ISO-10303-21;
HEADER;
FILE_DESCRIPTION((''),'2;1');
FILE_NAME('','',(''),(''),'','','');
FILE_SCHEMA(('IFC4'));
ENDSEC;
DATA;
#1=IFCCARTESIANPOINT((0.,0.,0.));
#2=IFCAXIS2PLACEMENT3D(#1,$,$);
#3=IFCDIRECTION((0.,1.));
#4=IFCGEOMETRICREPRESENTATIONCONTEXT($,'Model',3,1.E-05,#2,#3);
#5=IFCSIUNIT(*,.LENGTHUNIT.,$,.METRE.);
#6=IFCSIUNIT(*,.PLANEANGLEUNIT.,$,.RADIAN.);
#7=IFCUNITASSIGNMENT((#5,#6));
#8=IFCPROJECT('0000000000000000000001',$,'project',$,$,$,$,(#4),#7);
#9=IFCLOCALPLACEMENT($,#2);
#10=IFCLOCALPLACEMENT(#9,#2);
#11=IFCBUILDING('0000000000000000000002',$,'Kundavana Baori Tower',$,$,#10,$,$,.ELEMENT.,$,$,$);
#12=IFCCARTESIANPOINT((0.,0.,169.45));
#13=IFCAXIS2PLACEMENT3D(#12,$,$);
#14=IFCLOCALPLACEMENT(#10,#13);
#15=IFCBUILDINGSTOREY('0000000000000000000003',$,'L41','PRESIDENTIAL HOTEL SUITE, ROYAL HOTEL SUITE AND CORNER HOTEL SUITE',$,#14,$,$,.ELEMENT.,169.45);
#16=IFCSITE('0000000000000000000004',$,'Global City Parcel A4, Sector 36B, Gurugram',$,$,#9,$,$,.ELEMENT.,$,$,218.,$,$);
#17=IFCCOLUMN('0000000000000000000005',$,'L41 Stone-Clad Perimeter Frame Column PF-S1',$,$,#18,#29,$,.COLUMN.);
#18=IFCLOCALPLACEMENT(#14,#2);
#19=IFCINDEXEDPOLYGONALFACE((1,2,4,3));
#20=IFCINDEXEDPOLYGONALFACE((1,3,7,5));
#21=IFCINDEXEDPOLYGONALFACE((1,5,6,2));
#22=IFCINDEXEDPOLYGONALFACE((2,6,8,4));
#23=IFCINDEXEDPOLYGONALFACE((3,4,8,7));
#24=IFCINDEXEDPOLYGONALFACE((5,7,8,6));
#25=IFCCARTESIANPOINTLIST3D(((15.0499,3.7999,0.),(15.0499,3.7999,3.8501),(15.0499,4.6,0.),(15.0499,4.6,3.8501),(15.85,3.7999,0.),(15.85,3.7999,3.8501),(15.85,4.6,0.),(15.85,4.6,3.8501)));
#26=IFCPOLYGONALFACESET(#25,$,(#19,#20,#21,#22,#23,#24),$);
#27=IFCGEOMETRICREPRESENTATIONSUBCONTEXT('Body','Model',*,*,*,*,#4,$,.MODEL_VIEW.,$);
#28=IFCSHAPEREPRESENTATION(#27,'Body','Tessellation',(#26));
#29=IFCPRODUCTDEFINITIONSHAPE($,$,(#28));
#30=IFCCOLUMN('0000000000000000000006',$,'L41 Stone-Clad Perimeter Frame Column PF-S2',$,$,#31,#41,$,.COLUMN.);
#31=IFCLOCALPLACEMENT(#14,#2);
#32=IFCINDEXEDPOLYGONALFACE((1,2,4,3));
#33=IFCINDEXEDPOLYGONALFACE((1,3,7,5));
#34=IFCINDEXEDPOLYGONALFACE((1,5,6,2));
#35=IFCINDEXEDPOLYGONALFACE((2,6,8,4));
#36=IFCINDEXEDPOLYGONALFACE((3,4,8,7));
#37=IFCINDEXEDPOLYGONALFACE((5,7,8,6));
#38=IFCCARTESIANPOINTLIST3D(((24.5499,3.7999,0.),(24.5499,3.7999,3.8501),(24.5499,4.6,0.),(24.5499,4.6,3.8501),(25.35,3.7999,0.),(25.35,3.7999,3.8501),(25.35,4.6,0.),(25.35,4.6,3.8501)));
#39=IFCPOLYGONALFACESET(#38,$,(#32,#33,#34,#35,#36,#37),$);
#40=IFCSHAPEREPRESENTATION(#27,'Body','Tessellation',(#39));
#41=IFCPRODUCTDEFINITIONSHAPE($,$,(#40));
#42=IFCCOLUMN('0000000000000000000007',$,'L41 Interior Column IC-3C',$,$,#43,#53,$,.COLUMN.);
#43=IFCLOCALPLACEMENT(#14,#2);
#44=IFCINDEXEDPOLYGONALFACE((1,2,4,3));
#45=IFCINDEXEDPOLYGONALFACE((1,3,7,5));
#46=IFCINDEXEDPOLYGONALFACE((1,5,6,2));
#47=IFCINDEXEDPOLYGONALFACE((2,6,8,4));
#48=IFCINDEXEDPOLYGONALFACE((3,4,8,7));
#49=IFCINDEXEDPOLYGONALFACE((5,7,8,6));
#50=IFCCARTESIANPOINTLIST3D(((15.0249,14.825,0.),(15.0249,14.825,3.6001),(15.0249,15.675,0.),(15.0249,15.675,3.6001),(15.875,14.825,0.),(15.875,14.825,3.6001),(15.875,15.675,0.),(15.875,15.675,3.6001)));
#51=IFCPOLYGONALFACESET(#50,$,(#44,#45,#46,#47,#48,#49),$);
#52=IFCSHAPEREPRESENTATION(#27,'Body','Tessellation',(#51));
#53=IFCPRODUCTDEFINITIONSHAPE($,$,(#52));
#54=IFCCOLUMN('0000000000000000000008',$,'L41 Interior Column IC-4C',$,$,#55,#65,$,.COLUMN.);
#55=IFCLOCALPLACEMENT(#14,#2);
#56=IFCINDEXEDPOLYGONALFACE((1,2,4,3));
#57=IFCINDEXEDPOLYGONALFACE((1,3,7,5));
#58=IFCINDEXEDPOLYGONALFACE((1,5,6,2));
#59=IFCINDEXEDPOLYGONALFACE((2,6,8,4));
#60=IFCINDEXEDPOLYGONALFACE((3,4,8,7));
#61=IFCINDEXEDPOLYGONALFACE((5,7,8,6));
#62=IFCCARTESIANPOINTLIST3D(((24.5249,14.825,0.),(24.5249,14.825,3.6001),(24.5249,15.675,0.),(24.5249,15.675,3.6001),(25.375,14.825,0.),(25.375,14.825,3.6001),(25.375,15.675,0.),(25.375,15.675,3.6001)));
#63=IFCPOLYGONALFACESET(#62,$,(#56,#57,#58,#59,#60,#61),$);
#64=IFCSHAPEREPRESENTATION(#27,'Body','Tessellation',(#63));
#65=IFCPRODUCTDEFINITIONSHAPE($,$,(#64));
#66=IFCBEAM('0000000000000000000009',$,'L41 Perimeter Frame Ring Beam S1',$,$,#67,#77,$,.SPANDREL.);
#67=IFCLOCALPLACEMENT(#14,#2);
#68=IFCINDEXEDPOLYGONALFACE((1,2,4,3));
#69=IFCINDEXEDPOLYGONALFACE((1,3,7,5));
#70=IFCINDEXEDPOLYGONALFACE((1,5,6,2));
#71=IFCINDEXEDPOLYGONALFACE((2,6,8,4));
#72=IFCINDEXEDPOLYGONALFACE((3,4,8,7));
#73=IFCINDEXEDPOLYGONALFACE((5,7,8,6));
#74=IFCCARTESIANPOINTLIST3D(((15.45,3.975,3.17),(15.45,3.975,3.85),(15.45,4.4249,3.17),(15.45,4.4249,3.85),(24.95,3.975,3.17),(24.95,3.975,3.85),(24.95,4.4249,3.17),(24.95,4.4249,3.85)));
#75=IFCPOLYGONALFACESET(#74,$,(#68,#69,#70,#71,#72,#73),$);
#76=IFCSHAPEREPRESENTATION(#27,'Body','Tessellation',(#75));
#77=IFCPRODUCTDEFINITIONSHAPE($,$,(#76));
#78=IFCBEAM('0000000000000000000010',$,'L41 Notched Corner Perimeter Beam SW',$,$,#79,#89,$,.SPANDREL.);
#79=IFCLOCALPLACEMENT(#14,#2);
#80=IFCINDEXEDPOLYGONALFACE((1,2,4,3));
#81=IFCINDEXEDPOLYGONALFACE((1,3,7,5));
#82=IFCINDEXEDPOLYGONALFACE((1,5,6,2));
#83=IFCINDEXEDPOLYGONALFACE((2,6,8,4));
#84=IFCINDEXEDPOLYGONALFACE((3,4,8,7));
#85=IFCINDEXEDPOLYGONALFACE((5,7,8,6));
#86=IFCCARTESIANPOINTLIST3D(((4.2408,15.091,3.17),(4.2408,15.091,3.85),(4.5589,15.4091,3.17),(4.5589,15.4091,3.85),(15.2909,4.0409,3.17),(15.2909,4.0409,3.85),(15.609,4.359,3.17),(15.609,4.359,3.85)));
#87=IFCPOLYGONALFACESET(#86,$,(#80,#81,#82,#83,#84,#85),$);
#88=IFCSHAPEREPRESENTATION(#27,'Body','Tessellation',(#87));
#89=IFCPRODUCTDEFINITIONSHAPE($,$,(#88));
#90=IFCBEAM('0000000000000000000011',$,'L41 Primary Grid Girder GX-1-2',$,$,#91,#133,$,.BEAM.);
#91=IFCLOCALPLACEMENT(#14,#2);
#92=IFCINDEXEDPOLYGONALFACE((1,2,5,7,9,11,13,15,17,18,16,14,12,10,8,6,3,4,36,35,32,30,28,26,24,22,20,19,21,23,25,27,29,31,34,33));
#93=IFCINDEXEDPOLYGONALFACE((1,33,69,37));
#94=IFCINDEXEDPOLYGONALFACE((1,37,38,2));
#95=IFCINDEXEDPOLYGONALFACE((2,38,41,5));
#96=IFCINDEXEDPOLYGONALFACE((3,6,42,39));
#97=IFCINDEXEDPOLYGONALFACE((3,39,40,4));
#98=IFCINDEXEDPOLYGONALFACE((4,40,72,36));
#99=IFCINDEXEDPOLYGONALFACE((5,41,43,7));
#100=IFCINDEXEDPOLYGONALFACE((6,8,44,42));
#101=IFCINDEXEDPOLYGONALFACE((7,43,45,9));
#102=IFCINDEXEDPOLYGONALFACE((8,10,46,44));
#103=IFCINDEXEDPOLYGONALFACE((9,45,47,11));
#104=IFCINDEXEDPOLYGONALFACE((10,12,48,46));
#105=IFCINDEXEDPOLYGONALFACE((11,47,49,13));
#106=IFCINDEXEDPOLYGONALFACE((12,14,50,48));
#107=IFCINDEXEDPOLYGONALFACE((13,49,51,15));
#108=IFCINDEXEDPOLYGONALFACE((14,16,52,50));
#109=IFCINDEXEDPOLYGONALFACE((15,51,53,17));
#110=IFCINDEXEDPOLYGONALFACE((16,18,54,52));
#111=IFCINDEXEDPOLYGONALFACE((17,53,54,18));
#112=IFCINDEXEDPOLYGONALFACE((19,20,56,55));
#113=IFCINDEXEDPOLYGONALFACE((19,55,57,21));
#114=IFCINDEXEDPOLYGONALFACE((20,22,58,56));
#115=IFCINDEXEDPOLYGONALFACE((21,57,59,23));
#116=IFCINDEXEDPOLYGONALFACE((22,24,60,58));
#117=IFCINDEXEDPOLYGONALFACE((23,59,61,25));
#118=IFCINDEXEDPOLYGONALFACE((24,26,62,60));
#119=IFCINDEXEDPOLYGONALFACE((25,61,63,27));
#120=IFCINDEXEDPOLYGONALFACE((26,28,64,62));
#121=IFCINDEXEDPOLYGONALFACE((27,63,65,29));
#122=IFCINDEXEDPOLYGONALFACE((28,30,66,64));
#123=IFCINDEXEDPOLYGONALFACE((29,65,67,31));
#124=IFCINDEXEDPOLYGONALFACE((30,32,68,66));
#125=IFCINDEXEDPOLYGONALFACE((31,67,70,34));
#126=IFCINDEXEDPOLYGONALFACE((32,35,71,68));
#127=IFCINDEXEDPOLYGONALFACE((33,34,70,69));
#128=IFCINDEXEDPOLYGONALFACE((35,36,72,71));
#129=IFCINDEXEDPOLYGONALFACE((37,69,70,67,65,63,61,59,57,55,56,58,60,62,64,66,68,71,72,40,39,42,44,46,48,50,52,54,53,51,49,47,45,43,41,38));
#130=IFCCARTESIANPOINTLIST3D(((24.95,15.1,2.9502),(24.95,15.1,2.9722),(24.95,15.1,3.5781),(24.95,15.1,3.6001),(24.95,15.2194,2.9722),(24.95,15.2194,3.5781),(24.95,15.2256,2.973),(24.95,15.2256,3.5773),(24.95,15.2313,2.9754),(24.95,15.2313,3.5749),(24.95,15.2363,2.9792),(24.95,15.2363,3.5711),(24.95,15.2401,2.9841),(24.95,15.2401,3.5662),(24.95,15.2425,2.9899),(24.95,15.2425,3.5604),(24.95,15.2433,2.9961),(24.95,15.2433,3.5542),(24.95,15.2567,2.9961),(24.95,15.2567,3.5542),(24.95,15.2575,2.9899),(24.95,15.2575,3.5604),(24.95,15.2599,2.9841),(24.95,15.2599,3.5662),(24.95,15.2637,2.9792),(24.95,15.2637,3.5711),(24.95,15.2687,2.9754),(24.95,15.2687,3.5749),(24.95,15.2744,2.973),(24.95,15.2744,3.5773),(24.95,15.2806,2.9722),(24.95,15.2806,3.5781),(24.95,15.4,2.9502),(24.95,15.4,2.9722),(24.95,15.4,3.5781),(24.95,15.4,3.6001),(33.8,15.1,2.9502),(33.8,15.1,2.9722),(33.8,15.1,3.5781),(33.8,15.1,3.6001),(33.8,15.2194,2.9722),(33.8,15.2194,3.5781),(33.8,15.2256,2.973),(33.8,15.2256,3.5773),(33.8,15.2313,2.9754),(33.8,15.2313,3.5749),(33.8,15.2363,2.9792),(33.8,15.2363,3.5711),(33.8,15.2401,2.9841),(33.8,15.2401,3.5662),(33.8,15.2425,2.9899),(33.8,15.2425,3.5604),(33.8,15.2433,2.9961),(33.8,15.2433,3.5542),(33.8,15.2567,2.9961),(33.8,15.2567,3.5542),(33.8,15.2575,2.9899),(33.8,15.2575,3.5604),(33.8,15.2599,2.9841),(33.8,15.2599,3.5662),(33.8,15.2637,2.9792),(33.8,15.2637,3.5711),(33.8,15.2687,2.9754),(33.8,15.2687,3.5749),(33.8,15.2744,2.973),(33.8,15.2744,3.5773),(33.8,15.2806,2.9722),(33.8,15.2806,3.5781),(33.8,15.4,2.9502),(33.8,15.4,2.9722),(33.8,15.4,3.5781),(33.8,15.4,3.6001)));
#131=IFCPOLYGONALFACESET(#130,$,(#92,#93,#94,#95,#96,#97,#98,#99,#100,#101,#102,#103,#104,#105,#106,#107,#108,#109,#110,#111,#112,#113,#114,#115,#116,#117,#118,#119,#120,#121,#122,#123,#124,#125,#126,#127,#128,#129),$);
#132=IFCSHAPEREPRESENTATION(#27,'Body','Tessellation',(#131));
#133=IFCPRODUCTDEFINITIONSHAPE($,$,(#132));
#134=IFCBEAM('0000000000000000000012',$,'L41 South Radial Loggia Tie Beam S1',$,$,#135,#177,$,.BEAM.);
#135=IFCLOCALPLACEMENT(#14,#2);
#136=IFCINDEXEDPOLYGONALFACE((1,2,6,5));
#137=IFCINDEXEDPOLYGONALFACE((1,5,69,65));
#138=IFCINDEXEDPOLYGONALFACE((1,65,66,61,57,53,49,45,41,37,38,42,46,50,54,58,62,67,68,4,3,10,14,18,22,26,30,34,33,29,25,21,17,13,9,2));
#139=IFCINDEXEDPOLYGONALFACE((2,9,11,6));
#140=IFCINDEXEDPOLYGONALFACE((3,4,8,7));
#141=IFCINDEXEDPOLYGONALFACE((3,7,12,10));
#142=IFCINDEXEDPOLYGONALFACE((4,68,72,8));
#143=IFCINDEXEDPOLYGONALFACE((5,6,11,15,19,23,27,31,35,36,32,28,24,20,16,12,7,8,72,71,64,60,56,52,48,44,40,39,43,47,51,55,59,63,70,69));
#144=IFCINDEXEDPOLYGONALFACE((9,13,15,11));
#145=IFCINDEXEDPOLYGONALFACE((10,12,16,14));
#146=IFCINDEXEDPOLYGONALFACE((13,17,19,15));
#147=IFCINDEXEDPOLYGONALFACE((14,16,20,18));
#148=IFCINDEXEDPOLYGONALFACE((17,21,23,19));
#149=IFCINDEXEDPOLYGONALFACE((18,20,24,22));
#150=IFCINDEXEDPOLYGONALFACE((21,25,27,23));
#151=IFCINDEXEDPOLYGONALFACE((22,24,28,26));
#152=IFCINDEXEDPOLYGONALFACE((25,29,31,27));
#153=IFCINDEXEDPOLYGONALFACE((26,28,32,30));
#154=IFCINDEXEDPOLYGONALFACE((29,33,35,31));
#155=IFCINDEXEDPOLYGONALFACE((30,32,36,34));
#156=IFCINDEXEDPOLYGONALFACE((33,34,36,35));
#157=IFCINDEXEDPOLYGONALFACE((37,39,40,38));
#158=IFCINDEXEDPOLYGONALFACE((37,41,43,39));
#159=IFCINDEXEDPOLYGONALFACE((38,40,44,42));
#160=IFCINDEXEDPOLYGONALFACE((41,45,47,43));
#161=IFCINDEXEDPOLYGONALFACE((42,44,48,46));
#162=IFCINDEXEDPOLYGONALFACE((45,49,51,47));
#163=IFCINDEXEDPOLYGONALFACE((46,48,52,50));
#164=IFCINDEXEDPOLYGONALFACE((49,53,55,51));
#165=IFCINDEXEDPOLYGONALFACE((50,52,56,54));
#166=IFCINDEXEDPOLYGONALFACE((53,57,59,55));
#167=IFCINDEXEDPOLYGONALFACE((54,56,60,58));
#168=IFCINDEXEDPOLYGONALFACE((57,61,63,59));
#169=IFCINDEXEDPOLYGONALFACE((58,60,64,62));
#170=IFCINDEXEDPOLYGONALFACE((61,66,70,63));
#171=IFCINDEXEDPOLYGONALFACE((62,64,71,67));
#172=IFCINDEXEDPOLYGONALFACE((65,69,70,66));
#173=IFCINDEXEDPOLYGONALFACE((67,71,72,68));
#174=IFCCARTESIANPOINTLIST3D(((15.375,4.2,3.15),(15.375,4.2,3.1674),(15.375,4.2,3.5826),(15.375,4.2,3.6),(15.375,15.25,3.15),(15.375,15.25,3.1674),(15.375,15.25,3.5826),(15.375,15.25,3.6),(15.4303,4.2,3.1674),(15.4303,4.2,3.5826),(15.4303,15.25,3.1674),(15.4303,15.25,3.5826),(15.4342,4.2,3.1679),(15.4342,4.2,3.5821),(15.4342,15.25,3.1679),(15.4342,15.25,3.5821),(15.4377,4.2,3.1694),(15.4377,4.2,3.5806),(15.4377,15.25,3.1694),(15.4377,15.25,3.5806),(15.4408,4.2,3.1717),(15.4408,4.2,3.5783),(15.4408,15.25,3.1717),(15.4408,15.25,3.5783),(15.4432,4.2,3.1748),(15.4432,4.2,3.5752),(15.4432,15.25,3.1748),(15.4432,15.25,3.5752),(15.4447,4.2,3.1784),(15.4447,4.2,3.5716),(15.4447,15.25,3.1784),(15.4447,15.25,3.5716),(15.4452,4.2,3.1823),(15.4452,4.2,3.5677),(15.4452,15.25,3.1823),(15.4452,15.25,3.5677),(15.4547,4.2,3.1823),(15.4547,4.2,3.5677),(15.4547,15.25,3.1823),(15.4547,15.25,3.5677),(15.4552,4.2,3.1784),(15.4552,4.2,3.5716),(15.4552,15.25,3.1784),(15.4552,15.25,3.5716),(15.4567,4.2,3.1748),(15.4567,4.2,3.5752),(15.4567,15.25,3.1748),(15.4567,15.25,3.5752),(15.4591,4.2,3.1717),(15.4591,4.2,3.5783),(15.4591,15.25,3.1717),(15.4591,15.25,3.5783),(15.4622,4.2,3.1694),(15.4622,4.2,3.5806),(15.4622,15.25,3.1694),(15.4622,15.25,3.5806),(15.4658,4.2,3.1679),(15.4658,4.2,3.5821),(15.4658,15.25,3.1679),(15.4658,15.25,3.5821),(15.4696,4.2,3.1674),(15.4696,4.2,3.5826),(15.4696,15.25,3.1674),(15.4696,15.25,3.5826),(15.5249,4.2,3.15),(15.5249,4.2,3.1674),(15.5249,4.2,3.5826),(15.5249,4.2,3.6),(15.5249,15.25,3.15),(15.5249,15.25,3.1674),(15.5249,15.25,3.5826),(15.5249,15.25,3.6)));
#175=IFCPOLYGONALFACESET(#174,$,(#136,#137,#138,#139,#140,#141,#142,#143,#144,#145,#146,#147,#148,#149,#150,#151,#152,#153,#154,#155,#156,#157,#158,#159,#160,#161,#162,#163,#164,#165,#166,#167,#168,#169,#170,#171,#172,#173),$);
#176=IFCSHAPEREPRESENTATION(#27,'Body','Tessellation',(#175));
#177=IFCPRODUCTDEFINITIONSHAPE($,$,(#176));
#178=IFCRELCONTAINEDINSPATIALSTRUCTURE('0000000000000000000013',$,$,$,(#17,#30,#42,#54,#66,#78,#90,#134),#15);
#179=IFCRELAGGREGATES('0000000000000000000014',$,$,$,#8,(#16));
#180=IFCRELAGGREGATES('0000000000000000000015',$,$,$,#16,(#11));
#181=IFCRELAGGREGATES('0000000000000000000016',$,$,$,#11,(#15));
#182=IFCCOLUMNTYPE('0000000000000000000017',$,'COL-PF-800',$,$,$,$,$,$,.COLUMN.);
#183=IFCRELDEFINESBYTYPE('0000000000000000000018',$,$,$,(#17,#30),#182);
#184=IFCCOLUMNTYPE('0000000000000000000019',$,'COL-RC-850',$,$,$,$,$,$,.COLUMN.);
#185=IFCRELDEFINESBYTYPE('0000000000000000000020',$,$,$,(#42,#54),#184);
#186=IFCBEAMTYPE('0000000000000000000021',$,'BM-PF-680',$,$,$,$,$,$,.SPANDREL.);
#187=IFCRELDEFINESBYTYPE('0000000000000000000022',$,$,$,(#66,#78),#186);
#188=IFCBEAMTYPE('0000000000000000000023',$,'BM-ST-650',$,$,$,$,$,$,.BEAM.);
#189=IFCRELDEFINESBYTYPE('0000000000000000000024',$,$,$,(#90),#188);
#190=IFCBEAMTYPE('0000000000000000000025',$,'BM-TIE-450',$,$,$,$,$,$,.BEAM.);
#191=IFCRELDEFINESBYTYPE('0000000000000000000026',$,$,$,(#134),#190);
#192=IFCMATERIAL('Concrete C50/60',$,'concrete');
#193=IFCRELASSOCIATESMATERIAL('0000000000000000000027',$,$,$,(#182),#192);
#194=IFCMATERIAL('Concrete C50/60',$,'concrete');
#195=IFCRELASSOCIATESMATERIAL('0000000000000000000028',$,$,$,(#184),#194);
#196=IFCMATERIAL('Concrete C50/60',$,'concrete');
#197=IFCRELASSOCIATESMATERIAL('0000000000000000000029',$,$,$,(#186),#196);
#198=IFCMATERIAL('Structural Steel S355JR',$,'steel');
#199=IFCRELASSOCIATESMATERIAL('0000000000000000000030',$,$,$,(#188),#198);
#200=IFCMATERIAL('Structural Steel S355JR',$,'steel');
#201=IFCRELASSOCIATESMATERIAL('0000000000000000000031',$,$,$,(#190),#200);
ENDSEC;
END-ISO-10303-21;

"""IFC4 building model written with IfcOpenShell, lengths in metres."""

from ifc_helpers import new_model, si_unit, direction, frame, origin, origin_2d, place, context, subcontext, project, spatial, rectangle, i_section, extrude, material, material_profile, profile_set, type_object, element, save


model = new_model("IFC4")

# Units and contexts
model_context = context("Model", 3, precision=1e-05, world=origin(), true_north=direction((0.0, 1.0)))
body_context = subcontext(model_context, "Body", "Model", "MODEL_VIEW")
ifc_project = project(units=[si_unit("LENGTHUNIT", "METRE"), si_unit("PLANEANGLEUNIT", "RADIAN")], contexts=[model_context])

# Site, building, storey
site_placement = place(None, origin())
site = spatial("IfcSite", under=ifc_project, at=site_placement, Name="Global City Parcel A4, Sector 36B, Gurugram", CompositionType="ELEMENT", RefElevation=218.0)
building_placement = place(site_placement, origin())
building = spatial("IfcBuilding", under=site, at=building_placement, Name="Kundavana Baori Tower", CompositionType="ELEMENT")
storey_placement = place(building_placement, frame((0.0, 0.0, 169.45)))
storey = spatial("IfcBuildingStorey", under=building, at=storey_placement, Name="L41", Description="PRESIDENTIAL HOTEL SUITE, ROYAL HOTEL SUITE AND CORNER HOTEL SUITE", CompositionType="ELEMENT", Elevation=169.45)

# Columns
ifc_material_1 = material(Name="Concrete C50/60", Category="concrete")
ifc_material_profile_1 = material_profile(ifc_material_1, rectangle(XDim=0.8, YDim=0.8, at=origin_2d()), Name="RC PF 800x800")
ifc_profile_set_1 = profile_set([ifc_material_profile_1], Name="Concrete C50/60")
column_type_1 = type_object("IfcColumnType", Name="COL-PF-800", PredefinedType="COLUMN", material=ifc_profile_set_1)
for number, where, z_axis, x_axis, name in (
    (1, (15.45, 4.2, 0.0), (0.0, 0.0, 1.0), (1.0, 0.0, 0.0), "L41 Stone-Clad Perimeter Frame Column PF-S1"),
    (2, (24.95, 4.2, 0.0), (0.0, 0.0, 1.0), (1.0, 0.0, 0.0), "L41 Stone-Clad Perimeter Frame Column PF-S2"),
):
    element("IfcColumn", number, at=place(storey_placement, frame(where, z_axis=z_axis, x_axis=x_axis)), inside=storey, type_object=column_type_1, Name=name, PredefinedType="COLUMN", context=body_context, shape_type="SweptSolid", body=[
        extrude(rectangle(XDim=0.8, YDim=0.8, at=origin_2d()), origin(), (0.0, 0.0, 1.0), 3.8501),
    ])
ifc_material_2 = material(Name="Concrete C50/60", Category="concrete")
ifc_material_profile_2 = material_profile(ifc_material_2, rectangle(XDim=0.8501, YDim=0.8501, at=origin_2d()), Name="RC 850x850")
ifc_profile_set_2 = profile_set([ifc_material_profile_2], Name="Concrete C50/60")
column_type_2 = type_object("IfcColumnType", Name="COL-RC-850", PredefinedType="COLUMN", material=ifc_profile_set_2)
for number, where, z_axis, x_axis, name in (
    (3, (15.45, 15.25, 0.0), (0.0, 0.0, 1.0), (1.0, 0.0, 0.0), "L41 Interior Column IC-3C"),
    (4, (24.95, 15.25, 0.0), (0.0, 0.0, 1.0), (1.0, 0.0, 0.0), "L41 Interior Column IC-4C"),
):
    element("IfcColumn", number, at=place(storey_placement, frame(where, z_axis=z_axis, x_axis=x_axis)), inside=storey, type_object=column_type_2, Name=name, PredefinedType="COLUMN", context=body_context, shape_type="SweptSolid", body=[
        extrude(rectangle(XDim=0.8501, YDim=0.8501, at=origin_2d()), origin(), (0.0, 0.0, 1.0), 3.6001),
    ])

# Beams
ifc_material_3 = material(Name="Concrete C50/60", Category="concrete")
ifc_material_profile_3 = material_profile(ifc_material_3, rectangle(XDim=0.45, YDim=0.6799, at=origin_2d()), Name="RC BM 450x680")
ifc_profile_set_3 = profile_set([ifc_material_profile_3], Name="Concrete C50/60")
beam_type_1 = type_object("IfcBeamType", Name="BM-PF-680", PredefinedType="SPANDREL", material=ifc_profile_set_3)
beam_1_placement = place(storey_placement, frame((15.45, 4.2, 3.51), z_axis=(1.0, 0.0, 0.0), x_axis=(0.0, 1.0, 0.0)))
element("IfcBeam", 5, at=beam_1_placement, inside=storey, type_object=beam_type_1, Name="L41 Perimeter Frame Ring Beam S1", PredefinedType="SPANDREL", context=body_context, shape_type="SweptSolid", body=[
    extrude(rectangle(XDim=0.45, YDim=0.6799, at=origin_2d()), origin(), (0.0, 0.0, 1.0), 9.5),
])
beam_2_placement = place(storey_placement, frame((15.45, 4.2, 3.51), z_axis=(-0.707107, 0.707107, 0.0), x_axis=(-0.707107, -0.707107, 0.0)))
element("IfcBeam", 6, at=beam_2_placement, inside=storey, type_object=beam_type_1, Name="L41 Notched Corner Perimeter Beam SW", PredefinedType="SPANDREL", context=body_context, shape_type="SweptSolid", body=[
    extrude(rectangle(XDim=0.45, YDim=0.6799, at=origin_2d()), origin(), (0.0, 0.0, 1.0), 15.6272),
])
ifc_material_4 = material(Name="Structural Steel S355JR", Category="steel")
ifc_material_profile_4 = material_profile(ifc_material_4, i_section(OverallWidth=0.3, OverallDepth=0.6499, WebThickness=0.0134, FlangeThickness=0.022, FilletRadius=0.0239, at=origin_2d()), Name="NPB 650x300x155")
ifc_profile_set_4 = profile_set([ifc_material_profile_4], Name="Structural Steel S355JR")
beam_type_2 = type_object("IfcBeamType", Name="BM-ST-650", PredefinedType="BEAM", material=ifc_profile_set_4)
beam_3_placement = place(storey_placement, frame((24.95, 15.25, 3.2751), z_axis=(1.0, 0.0, 0.0), x_axis=(0.0, 1.0, 0.0)))
element("IfcBeam", 7, at=beam_3_placement, inside=storey, type_object=beam_type_2, Name="L41 Primary Grid Girder GX-1-2", PredefinedType="BEAM", context=body_context, shape_type="SweptSolid", body=[
    extrude(i_section(OverallWidth=0.3, OverallDepth=0.6499, WebThickness=0.0134, FlangeThickness=0.022, FilletRadius=0.0239, at=origin_2d()), origin(), (0.0, 0.0, 1.0), 8.8501),
])
ifc_material_5 = material(Name="Structural Steel S355JR", Category="steel")
ifc_material_profile_5 = material_profile(ifc_material_5, i_section(OverallWidth=0.1499, OverallDepth=0.45, WebThickness=0.0095, FlangeThickness=0.0173, FilletRadius=0.0149, at=origin_2d()), Name="ISMB 450")
ifc_profile_set_5 = profile_set([ifc_material_profile_5], Name="Structural Steel S355JR")
beam_type_3 = type_object("IfcBeamType", Name="BM-TIE-450", PredefinedType="BEAM", material=ifc_profile_set_5)
for number, where, z_axis, x_axis, name in (
    (8, (15.45, 15.25, 3.375), (0.0, -1.0, 0.0), (1.0, 0.0, 0.0), "L41 South Radial Loggia Tie Beam S1"),
):
    element("IfcBeam", number, at=place(storey_placement, frame(where, z_axis=z_axis, x_axis=x_axis)), inside=storey, type_object=beam_type_3, Name=name, PredefinedType="BEAM", context=body_context, shape_type="SweptSolid", body=[
        extrude(i_section(OverallWidth=0.1499, OverallDepth=0.45, WebThickness=0.0095, FlangeThickness=0.0173, FilletRadius=0.0149, at=origin_2d()), origin(), (0.0, 0.0, 1.0), 11.05),
    ])

save(model, "model.ifc")
